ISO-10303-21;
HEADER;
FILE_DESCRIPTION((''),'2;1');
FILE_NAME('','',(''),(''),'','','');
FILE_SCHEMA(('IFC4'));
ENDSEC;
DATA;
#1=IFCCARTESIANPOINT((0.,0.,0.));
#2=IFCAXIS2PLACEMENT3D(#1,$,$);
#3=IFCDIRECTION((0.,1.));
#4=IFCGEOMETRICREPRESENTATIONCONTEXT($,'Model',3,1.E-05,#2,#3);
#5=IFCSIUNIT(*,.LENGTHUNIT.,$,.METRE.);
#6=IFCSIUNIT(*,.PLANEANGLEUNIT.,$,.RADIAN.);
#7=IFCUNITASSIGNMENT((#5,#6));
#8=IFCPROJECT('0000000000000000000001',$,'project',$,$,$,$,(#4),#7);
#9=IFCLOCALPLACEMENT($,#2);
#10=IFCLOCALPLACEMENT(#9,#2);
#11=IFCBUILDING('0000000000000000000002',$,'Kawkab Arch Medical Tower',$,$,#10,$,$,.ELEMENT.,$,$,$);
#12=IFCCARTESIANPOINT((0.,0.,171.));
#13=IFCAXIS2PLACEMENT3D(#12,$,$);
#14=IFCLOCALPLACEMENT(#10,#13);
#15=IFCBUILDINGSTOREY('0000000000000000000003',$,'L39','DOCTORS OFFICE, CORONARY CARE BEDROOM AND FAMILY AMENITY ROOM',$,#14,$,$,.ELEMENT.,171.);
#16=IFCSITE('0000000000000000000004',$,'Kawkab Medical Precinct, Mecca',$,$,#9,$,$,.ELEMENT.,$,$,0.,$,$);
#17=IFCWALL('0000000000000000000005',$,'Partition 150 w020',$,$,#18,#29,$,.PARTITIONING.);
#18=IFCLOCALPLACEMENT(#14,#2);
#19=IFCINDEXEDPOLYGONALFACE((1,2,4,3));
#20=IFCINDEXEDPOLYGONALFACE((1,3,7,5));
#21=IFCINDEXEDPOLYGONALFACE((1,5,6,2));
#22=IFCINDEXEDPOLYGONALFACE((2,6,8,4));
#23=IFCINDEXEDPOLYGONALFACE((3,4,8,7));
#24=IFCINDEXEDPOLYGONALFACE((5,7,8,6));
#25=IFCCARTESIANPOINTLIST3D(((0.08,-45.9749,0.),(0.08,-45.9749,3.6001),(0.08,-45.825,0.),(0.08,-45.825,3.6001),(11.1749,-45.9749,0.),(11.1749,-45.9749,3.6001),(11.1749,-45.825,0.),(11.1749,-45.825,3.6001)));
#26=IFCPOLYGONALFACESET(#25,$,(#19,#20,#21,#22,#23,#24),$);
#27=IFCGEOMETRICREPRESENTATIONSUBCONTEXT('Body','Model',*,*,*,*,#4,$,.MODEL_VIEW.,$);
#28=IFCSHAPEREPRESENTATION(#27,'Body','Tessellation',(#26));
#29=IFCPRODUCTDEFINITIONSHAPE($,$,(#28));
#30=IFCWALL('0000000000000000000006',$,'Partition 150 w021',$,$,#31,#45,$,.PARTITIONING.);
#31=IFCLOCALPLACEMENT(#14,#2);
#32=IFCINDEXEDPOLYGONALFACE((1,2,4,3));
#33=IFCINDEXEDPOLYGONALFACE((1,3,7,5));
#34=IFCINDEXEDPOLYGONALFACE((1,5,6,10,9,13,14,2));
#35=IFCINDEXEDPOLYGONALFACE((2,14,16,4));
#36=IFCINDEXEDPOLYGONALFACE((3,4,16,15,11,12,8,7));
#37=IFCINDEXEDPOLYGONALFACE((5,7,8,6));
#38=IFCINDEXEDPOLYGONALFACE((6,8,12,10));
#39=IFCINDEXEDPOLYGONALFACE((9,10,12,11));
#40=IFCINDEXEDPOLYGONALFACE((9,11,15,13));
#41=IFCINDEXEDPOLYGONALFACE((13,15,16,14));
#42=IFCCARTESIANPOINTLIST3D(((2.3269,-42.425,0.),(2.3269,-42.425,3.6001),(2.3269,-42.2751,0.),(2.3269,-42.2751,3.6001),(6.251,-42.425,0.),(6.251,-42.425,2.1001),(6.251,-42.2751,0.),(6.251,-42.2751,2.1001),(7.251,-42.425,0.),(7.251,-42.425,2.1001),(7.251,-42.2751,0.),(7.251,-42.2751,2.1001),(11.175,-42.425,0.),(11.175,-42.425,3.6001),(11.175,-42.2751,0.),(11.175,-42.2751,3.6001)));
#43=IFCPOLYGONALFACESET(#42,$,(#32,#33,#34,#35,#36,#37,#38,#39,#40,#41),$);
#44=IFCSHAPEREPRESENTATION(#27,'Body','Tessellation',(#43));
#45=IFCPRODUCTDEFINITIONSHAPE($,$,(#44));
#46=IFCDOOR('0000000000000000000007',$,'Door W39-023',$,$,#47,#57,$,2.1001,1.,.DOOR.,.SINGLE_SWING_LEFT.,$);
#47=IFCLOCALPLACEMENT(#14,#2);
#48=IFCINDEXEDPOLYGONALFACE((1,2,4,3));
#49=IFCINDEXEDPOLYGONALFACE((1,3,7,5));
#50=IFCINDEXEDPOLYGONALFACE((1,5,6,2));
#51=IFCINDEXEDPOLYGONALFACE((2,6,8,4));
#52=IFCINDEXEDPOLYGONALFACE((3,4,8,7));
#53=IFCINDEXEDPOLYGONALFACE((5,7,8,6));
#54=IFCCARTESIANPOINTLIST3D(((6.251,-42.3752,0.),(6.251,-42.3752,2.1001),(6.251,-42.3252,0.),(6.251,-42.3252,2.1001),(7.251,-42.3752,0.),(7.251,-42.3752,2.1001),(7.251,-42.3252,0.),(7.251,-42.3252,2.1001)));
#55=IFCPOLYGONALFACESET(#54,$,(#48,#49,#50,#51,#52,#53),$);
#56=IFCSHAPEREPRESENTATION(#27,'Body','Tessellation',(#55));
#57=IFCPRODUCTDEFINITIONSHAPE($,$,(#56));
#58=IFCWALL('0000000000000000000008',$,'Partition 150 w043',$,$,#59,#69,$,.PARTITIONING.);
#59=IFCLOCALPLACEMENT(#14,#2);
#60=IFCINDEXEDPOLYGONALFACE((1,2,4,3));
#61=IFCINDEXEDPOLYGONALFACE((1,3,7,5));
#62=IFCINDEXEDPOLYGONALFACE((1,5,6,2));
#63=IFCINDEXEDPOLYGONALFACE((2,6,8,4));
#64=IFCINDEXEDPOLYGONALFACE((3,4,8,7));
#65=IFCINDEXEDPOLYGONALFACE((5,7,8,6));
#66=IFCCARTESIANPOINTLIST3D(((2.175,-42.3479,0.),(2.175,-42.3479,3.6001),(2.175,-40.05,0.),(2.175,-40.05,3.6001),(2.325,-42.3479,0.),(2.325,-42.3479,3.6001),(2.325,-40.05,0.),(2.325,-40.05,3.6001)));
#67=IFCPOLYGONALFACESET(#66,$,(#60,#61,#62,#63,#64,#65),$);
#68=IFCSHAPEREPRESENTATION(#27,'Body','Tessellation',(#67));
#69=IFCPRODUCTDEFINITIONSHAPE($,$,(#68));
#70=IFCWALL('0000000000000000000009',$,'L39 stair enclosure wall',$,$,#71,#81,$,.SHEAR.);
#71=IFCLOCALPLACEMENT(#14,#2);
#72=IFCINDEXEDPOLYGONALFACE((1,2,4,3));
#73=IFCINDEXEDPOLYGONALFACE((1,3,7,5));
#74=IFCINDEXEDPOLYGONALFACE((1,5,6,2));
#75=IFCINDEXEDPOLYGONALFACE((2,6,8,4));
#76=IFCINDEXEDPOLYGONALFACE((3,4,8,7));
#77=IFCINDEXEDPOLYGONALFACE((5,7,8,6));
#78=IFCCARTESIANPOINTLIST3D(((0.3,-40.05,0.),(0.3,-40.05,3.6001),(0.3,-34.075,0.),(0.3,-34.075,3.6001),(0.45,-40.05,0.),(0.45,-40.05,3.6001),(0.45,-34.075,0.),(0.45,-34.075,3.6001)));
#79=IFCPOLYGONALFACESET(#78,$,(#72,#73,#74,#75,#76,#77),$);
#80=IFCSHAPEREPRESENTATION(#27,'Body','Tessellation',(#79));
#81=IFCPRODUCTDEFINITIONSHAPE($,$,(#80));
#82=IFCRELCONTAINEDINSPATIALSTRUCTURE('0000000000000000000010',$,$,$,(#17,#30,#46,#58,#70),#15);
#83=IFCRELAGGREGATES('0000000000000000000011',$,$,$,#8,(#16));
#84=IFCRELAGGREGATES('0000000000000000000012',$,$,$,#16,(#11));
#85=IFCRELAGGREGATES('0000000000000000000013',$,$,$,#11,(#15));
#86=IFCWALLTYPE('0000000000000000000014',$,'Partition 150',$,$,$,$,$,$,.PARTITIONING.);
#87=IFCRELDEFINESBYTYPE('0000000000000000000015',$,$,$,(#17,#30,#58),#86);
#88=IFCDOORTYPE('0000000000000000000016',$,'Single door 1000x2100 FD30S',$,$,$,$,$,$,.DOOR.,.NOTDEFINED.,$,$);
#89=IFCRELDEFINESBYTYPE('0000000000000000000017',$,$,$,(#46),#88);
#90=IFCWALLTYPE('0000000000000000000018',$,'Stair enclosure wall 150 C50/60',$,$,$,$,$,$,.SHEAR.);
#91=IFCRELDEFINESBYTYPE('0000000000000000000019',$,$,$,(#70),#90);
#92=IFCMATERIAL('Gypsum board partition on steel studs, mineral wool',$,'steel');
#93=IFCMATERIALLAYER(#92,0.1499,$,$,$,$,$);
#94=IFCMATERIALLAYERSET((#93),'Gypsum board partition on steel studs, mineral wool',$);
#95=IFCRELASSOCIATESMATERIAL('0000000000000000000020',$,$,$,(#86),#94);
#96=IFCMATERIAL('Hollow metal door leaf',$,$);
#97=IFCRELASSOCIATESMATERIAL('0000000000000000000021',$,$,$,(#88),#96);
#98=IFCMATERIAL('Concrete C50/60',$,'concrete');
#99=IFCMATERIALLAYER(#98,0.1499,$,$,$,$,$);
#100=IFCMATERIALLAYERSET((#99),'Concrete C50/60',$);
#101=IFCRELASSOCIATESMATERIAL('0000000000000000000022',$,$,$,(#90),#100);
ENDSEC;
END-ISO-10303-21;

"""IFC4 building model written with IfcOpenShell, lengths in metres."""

from ifc_helpers import new_model, si_unit, direction, frame, frame_2d, origin, place, context, subcontext, project, spatial, rectangle, extrude, material, layer, layer_set, type_object, element, fill, save


model = new_model("IFC4")

# Units and contexts
model_context = context("Model", 3, precision=1e-05, world=origin(), true_north=direction((0.0, 1.0)))
body_context = subcontext(model_context, "Body", "Model", "MODEL_VIEW")
ifc_project = project(units=[si_unit("LENGTHUNIT", "METRE"), si_unit("PLANEANGLEUNIT", "RADIAN")], contexts=[model_context])

# Site, building, storey
site_placement = place(None, origin())
site = spatial("IfcSite", under=ifc_project, at=site_placement, Name="Kawkab Medical Precinct, Mecca", CompositionType="ELEMENT", RefElevation=0.0)
building_placement = place(site_placement, origin())
building = spatial("IfcBuilding", under=site, at=building_placement, Name="Kawkab Arch Medical Tower", CompositionType="ELEMENT")
storey_placement = place(building_placement, frame((0.0, 0.0, 171.0)))
storey = spatial("IfcBuildingStorey", under=building, at=storey_placement, Name="L39", Description="DOCTORS OFFICE, CORONARY CARE BEDROOM AND FAMILY AMENITY ROOM", CompositionType="ELEMENT", Elevation=171.0)

# Wall
ifc_material_1 = material(Name="Gypsum board partition on steel studs, mineral wool", Category="steel")
ifc_layer_1 = layer(ifc_material_1, 0.1499)
ifc_layer_set_1 = layer_set([ifc_layer_1], Name="Gypsum board partition on steel studs, mineral wool")
wall_type_1 = type_object("IfcWallType", Name="Partition 150", PredefinedType="PARTITIONING", material=ifc_layer_set_1)
wall_1_placement = place(storey_placement, frame((0.0801, -45.8999, 0.0), z_axis=(0.0, 0.0, 1.0), x_axis=(1.0, 0.0, 0.0)))
element("IfcWall", 1, at=wall_1_placement, inside=storey, type_object=wall_type_1, Name="Partition 150 w020", PredefinedType="PARTITIONING", context=body_context, shape_type="SweptSolid", body=[
    extrude(rectangle(XDim=11.095, YDim=0.1499, at=frame_2d((5.5474, 0.0))), origin(), (0.0, 0.0, 1.0), 3.6001),
])

# Wall, opening, door
wall_2_placement = place(storey_placement, frame((2.3269, -42.3501, 0.0), z_axis=(0.0, 0.0, 1.0), x_axis=(1.0, 0.0, 0.0)))
wall_2 = element("IfcWall", 2, at=wall_2_placement, inside=storey, type_object=wall_type_1, Name="Partition 150 w021", PredefinedType="PARTITIONING", context=body_context, shape_type="SweptSolid", body=[
    extrude(rectangle(XDim=8.8481, YDim=0.1499, at=frame_2d((4.4241, 0.0))), origin(), (0.0, 0.0, 1.0), 3.6001),
])
opening_placement = place(wall_2_placement, frame((3.9241, 0.0, 0.0)))
opening = element("IfcOpeningElement", 3, at=opening_placement, cuts=wall_2, PredefinedType="OPENING", context=body_context, shape_type="SweptSolid", body=[
    extrude(rectangle(XDim=1.0, YDim=2.1001, at=frame_2d((0.5, 1.05))), frame((0.0, 0.085, 0.0), z_axis=(0.0, -1.0, 0.0), x_axis=(1.0, 0.0, 0.0)), (0.0, 0.0, 1.0), 0.1699),
])
ifc_material_2 = material(Name="Hollow metal door leaf")
door_type = type_object("IfcDoorType", Name="Single door 1000x2100 FD30S", OperationType="NOTDEFINED", PredefinedType="DOOR", material=ifc_material_2)
door_placement = place(opening_placement, origin())
door = element("IfcDoor", 4, at=door_placement, inside=storey, type_object=door_type, Name="Door W39-023", OperationType="SINGLE_SWING_LEFT", OverallHeight=2.1001, OverallWidth=1.0, PredefinedType="DOOR", context=body_context, shape_type="SweptSolid", body=[
    extrude(rectangle(XDim=1.0, YDim=2.1001, at=frame_2d((0.5, 1.05))), frame((0.0, 0.0249, 0.0), z_axis=(0.0, -1.0, 0.0), x_axis=(1.0, 0.0, 0.0)), (0.0, 0.0, 1.0), 0.05),
])
fill(opening, door)

# Walls
wall_3_placement = place(storey_placement, frame((2.25, -42.3479, 0.0), z_axis=(0.0, 0.0, 1.0), x_axis=(0.0, 1.0, 0.0)))
element("IfcWall", 5, at=wall_3_placement, inside=storey, type_object=wall_type_1, Name="Partition 150 w043", PredefinedType="PARTITIONING", context=body_context, shape_type="SweptSolid", body=[
    extrude(rectangle(XDim=2.2979, YDim=0.1499, at=frame_2d((1.1489, 0.0))), origin(), (0.0, 0.0, 1.0), 3.6001),
])
ifc_material_3 = material(Name="Concrete C50/60", Category="concrete")
ifc_layer_2 = layer(ifc_material_3, 0.1499)
ifc_layer_set_2 = layer_set([ifc_layer_2], Name="Concrete C50/60")
wall_type_2 = type_object("IfcWallType", Name="Stair enclosure wall 150 C50/60", PredefinedType="SHEAR", material=ifc_layer_set_2)
wall_4_placement = place(storey_placement, frame((0.375, -40.05, 0.0), z_axis=(0.0, 0.0, 1.0), x_axis=(0.0, 1.0, 0.0)))
element("IfcWall", 6, at=wall_4_placement, inside=storey, type_object=wall_type_2, Name="L39 stair enclosure wall", PredefinedType="SHEAR", context=body_context, shape_type="SweptSolid", body=[
    extrude(rectangle(XDim=5.9751, YDim=0.1499, at=frame_2d((2.9875, 0.0))), origin(), (0.0, 0.0, 1.0), 3.6001),
])

save(model, "model.ifc")
